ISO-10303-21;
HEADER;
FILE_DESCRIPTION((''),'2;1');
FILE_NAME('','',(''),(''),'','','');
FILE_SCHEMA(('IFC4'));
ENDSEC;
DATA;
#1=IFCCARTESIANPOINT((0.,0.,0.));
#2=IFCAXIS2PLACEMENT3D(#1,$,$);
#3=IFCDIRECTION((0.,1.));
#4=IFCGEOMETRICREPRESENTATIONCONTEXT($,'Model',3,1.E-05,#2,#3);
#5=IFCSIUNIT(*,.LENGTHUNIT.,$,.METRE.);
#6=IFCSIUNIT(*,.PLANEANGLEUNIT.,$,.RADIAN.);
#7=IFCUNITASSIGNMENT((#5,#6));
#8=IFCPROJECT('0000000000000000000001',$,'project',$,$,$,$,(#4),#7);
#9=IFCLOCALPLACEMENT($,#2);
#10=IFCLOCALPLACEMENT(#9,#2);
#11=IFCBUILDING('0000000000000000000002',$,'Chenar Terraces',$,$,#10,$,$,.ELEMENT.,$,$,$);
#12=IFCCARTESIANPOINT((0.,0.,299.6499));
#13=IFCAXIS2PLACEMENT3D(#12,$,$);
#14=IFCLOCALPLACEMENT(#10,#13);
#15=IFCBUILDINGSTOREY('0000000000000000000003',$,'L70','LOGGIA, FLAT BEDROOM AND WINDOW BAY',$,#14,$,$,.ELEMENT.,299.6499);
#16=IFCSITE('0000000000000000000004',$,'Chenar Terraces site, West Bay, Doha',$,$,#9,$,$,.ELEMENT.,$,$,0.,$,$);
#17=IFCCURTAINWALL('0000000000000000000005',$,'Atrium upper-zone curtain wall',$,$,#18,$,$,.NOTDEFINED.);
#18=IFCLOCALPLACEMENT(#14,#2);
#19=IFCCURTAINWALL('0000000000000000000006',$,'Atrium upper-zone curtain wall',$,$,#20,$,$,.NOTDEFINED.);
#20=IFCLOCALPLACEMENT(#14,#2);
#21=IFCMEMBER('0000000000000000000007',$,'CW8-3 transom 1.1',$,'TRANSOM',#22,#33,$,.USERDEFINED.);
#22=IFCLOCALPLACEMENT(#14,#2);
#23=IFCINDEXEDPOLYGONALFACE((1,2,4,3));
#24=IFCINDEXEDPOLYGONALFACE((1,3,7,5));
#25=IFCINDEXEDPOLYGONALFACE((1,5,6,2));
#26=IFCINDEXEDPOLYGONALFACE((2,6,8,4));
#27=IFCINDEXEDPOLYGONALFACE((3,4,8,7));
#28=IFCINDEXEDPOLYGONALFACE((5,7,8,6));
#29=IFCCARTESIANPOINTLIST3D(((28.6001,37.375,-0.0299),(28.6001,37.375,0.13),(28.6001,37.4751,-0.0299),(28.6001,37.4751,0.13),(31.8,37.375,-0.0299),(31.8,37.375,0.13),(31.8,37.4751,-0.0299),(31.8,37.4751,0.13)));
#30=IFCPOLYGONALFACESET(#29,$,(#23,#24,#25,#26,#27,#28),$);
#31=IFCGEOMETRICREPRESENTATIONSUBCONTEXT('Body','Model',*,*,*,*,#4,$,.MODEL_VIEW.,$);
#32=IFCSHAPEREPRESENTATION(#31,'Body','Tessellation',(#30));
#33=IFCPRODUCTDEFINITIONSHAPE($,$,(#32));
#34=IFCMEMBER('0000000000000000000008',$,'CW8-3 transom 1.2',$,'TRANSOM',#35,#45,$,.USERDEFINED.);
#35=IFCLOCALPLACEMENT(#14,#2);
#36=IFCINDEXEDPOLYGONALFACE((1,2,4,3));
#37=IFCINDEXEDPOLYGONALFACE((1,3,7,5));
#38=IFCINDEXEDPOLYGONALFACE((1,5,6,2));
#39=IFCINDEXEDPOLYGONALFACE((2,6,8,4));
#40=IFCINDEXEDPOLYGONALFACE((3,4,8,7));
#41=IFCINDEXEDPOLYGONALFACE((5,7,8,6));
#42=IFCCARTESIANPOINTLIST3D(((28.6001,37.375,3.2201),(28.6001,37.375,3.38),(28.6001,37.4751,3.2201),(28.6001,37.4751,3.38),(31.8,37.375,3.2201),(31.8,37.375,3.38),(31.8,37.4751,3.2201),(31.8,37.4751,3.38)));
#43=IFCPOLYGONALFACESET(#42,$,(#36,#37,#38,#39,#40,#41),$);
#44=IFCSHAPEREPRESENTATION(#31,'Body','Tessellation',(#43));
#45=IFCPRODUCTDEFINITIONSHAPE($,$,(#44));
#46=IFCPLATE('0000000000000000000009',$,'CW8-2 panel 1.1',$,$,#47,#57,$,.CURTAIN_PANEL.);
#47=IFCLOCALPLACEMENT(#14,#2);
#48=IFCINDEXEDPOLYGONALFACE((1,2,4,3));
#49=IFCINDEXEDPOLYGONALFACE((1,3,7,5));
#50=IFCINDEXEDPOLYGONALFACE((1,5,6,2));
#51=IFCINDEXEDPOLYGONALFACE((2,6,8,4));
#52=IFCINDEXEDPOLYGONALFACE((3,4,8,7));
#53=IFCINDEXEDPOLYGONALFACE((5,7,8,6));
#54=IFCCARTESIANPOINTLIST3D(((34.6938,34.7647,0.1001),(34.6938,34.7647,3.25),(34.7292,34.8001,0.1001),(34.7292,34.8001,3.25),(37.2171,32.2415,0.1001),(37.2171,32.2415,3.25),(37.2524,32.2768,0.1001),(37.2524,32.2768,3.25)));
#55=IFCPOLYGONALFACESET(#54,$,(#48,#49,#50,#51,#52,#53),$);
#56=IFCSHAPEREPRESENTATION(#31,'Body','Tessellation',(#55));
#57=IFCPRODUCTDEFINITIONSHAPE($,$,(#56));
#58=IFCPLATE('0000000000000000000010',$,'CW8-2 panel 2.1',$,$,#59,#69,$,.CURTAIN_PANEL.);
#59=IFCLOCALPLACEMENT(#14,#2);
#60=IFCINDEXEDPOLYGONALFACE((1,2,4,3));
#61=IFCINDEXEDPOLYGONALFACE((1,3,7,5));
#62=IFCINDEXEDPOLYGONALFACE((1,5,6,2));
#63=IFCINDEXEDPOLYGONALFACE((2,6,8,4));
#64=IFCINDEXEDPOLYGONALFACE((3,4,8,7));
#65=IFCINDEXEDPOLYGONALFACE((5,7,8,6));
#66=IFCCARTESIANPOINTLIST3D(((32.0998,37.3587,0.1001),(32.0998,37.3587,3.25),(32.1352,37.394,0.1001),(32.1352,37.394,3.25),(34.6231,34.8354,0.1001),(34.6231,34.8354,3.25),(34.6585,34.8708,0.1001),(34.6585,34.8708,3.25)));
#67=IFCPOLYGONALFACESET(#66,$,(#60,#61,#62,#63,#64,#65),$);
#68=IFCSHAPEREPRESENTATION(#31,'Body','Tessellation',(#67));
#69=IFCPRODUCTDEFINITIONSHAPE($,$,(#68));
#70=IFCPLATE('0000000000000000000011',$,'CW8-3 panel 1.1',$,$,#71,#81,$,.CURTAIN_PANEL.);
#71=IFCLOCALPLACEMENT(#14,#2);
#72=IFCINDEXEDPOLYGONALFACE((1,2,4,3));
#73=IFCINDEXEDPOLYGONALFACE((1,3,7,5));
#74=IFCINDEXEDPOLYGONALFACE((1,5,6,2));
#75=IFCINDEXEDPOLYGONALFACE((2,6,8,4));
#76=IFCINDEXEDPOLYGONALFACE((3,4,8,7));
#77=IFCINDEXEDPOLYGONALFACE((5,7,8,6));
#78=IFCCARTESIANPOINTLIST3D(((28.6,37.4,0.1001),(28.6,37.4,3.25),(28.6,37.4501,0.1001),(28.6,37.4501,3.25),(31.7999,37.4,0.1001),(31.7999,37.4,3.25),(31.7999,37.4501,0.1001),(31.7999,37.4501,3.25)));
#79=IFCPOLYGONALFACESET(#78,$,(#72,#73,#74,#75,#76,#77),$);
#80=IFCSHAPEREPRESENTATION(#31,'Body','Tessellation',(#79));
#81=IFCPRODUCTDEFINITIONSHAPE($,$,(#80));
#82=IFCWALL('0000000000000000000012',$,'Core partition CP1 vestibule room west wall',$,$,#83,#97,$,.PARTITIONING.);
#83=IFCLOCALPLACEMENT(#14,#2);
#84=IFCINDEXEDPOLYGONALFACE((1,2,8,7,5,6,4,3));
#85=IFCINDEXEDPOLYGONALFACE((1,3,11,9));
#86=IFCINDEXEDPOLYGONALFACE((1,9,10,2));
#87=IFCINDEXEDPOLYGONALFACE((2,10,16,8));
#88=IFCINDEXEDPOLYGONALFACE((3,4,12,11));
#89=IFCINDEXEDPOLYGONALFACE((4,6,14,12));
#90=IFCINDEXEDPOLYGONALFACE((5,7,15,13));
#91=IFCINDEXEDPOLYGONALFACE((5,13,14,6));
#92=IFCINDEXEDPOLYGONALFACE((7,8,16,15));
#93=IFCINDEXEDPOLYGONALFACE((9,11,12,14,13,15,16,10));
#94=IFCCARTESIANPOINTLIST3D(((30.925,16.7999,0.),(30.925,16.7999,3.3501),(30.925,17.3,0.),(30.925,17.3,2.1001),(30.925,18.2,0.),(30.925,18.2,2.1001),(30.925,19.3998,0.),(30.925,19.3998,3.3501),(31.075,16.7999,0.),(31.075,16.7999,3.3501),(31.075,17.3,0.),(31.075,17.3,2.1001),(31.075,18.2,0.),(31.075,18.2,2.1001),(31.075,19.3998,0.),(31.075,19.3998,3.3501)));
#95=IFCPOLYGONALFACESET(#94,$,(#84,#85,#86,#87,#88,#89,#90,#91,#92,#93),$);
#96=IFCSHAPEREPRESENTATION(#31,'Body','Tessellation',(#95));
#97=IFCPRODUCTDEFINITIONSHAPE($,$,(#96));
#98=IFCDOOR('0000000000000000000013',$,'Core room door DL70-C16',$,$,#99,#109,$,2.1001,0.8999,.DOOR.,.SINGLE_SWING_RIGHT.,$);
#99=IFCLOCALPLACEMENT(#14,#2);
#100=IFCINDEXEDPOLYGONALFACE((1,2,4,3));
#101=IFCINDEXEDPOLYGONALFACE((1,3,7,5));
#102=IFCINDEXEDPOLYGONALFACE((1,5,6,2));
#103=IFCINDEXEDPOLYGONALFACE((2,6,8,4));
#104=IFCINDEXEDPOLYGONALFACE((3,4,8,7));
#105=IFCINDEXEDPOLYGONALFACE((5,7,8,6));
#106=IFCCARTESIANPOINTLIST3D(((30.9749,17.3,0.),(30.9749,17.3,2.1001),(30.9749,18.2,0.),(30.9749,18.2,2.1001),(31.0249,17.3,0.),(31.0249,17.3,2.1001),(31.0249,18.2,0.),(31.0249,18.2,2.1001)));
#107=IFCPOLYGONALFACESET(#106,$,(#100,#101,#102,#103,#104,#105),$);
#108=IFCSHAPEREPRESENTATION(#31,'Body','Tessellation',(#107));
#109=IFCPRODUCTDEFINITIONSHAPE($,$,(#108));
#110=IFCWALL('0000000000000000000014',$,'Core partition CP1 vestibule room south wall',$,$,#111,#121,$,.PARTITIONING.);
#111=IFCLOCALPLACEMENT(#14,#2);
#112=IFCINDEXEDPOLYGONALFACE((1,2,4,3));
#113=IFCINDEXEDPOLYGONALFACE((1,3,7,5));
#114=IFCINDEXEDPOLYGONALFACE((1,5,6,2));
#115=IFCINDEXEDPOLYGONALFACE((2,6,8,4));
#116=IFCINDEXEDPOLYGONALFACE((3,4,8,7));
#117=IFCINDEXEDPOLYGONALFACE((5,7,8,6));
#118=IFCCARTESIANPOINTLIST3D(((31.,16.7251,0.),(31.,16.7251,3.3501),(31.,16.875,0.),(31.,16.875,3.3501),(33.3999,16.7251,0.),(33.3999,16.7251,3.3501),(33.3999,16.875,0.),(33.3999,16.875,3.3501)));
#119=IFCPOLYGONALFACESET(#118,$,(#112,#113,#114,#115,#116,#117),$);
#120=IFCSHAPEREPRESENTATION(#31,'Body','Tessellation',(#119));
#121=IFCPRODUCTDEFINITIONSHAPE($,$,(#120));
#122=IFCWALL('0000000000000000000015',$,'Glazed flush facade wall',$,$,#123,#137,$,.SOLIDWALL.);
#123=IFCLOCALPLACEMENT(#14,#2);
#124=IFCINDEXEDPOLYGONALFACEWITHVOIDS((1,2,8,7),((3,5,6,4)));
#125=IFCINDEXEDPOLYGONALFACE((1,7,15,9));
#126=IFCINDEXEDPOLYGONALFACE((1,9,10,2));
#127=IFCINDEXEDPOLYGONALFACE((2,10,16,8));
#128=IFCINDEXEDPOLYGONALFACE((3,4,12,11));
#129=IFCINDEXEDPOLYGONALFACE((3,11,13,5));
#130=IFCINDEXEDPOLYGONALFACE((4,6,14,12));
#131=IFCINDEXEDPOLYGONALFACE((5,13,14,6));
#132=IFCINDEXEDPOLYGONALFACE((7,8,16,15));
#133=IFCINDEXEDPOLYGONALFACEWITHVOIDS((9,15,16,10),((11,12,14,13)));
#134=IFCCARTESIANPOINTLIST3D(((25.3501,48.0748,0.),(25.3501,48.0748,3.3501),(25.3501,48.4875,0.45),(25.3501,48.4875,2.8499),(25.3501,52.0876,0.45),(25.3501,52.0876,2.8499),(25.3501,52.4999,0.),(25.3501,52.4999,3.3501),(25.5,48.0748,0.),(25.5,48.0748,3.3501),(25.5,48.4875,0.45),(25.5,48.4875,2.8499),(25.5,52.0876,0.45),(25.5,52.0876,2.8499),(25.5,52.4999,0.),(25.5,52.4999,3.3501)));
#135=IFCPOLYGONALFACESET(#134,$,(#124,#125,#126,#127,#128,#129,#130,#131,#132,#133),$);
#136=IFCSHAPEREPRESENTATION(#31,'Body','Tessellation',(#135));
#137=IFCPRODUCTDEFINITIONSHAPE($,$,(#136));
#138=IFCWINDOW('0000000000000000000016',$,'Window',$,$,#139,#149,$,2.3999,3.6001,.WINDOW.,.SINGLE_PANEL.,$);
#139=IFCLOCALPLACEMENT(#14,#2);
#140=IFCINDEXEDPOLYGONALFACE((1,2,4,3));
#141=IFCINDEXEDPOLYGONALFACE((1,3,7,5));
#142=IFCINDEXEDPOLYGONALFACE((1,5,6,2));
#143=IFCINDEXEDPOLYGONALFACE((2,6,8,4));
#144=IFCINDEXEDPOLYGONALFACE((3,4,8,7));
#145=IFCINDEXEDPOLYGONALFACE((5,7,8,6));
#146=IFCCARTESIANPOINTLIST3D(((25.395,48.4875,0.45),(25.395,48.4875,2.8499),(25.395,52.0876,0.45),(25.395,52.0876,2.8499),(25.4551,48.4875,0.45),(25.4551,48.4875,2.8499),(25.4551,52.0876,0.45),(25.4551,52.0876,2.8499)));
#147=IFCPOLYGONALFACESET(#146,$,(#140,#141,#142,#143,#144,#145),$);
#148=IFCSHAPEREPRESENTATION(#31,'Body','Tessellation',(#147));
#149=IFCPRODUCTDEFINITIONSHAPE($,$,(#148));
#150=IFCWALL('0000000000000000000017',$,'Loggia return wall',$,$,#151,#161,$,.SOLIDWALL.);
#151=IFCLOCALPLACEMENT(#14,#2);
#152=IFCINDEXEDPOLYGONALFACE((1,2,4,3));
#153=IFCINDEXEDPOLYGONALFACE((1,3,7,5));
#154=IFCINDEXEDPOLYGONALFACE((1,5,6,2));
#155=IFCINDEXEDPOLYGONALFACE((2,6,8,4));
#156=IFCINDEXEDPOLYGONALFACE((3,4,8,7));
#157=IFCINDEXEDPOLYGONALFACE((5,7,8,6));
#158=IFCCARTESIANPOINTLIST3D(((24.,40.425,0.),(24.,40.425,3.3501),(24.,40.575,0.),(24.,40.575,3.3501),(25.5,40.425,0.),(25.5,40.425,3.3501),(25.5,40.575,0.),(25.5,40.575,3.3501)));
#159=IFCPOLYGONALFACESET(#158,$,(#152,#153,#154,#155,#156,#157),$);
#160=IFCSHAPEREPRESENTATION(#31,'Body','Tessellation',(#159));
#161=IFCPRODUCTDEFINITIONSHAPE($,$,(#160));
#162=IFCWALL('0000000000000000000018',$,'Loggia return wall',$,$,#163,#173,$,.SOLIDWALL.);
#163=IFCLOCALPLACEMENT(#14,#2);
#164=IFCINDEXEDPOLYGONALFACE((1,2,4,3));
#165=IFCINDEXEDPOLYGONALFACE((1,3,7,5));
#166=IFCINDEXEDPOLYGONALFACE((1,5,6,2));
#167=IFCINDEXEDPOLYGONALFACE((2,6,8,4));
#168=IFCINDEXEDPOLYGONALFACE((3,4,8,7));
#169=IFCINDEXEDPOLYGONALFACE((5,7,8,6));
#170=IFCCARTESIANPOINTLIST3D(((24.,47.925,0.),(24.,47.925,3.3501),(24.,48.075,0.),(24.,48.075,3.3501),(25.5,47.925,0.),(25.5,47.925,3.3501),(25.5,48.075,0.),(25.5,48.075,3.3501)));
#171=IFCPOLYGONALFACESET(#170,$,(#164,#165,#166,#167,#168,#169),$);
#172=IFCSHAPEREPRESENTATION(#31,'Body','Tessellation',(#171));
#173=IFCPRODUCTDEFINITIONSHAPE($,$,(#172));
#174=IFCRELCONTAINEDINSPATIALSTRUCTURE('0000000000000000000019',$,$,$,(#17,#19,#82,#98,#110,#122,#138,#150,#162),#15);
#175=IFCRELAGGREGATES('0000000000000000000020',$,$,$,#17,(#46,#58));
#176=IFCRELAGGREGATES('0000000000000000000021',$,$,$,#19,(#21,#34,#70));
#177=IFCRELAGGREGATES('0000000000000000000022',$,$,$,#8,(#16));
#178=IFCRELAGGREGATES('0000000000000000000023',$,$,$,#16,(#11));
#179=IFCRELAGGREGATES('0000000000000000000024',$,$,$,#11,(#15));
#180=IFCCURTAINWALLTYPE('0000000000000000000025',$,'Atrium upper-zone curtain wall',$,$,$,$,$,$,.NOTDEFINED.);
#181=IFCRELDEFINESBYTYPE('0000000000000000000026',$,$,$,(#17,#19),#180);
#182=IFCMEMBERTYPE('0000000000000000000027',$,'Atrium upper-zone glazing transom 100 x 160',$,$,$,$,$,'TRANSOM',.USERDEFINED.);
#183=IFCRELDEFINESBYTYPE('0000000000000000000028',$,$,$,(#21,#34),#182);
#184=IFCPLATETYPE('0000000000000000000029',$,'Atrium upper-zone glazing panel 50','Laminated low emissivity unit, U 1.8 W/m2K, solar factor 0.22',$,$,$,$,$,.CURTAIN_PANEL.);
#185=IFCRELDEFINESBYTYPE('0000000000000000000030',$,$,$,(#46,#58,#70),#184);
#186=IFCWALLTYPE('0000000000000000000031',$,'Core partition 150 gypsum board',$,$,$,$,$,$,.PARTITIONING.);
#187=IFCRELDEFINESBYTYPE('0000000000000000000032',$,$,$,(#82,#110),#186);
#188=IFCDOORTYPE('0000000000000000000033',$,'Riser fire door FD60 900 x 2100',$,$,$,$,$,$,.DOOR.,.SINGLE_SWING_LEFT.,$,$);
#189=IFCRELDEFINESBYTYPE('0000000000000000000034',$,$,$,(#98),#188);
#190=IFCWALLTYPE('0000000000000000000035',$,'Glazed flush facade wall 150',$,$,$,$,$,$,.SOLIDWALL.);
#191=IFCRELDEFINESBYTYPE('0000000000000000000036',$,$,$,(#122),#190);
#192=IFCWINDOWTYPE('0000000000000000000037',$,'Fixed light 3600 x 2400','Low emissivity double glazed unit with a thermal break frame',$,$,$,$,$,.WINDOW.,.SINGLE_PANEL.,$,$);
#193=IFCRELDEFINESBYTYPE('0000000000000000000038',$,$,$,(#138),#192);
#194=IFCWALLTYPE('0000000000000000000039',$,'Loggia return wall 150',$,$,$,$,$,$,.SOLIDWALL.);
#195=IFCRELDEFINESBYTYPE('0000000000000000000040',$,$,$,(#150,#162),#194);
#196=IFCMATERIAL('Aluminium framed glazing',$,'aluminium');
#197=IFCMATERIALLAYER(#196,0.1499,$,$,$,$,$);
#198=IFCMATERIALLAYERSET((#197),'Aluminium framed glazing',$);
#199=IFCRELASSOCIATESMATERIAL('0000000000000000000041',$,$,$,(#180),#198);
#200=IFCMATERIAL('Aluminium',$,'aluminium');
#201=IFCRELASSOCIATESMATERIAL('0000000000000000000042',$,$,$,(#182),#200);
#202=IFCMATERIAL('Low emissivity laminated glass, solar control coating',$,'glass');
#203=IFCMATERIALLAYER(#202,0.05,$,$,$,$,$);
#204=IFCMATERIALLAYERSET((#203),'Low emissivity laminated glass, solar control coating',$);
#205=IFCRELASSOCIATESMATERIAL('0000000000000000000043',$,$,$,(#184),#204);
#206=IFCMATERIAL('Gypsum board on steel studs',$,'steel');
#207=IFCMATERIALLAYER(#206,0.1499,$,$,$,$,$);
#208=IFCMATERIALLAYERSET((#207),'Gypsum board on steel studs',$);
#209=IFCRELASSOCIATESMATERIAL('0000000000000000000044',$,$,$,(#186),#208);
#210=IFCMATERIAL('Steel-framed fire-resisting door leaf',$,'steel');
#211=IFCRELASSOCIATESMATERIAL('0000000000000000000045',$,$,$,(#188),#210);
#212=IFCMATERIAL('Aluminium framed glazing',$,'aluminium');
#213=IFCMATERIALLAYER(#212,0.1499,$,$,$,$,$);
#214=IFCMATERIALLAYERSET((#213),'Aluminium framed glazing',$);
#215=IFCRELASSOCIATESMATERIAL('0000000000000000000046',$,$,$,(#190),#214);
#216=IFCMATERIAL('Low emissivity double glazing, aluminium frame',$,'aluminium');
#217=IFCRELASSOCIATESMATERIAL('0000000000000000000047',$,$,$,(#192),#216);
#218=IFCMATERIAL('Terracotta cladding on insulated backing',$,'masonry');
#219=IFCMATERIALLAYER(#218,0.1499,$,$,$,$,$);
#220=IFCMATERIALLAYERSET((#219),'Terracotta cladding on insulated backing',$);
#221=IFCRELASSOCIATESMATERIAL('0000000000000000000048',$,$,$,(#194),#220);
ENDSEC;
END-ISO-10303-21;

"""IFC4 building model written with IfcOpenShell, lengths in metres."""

from ifc_helpers import new_model, si_unit, direction, frame, frame_2d, origin, origin_2d, place, context, subcontext, project, spatial, rectangle, extrude, material, layer, layer_set, material_profile, profile_set, type_object, element, fill, aggregate, save


model = new_model("IFC4")

# Units and contexts
model_context = context("Model", 3, precision=1e-05, world=origin(), true_north=direction((0.0, 1.0)))
body_context = subcontext(model_context, "Body", "Model", "MODEL_VIEW")
ifc_project = project(units=[si_unit("LENGTHUNIT", "METRE"), si_unit("PLANEANGLEUNIT", "RADIAN")], contexts=[model_context])

# Site, building, storey
site_placement = place(None, origin())
site = spatial("IfcSite", under=ifc_project, at=site_placement, Name="Chenar Terraces site, West Bay, Doha", CompositionType="ELEMENT", RefElevation=0.0)
building_placement = place(site_placement, origin())
building = spatial("IfcBuilding", under=site, at=building_placement, Name="Chenar Terraces", CompositionType="ELEMENT")
storey_placement = place(building_placement, frame((0.0, 0.0, 299.6499)))
storey = spatial("IfcBuildingStorey", under=building, at=storey_placement, Name="L70", Description="LOGGIA, FLAT BEDROOM AND WINDOW BAY", CompositionType="ELEMENT", Elevation=299.6499)

# Shared definitions
ifc_material_1 = material(Name="Aluminium framed glazing", Category="aluminium")
ifc_layer_1 = layer(ifc_material_1, 0.1499)
ifc_layer_set_1 = layer_set([ifc_layer_1], Name="Aluminium framed glazing")
curtain_wall_type = type_object("IfcCurtainWallType", Name="Atrium upper-zone curtain wall", PredefinedType="NOTDEFINED", material=ifc_layer_set_1)
placement = place(storey_placement, origin())

# Curtain walls
curtain_wall_1 = element("IfcCurtainWall", 1, at=placement, inside=storey, type_object=curtain_wall_type, Name="Atrium upper-zone curtain wall", PredefinedType="NOTDEFINED")
curtain_wall_2 = element("IfcCurtainWall", 2, at=placement, inside=storey, type_object=curtain_wall_type, Name="Atrium upper-zone curtain wall", PredefinedType="NOTDEFINED")

# Members
ifc_material_2 = material(Name="Aluminium", Category="aluminium")
ifc_material_profile_1 = material_profile(ifc_material_2, rectangle(XDim=0.1001, YDim=0.1599, at=origin_2d()), Name="Atrium upper-zone glazing transom 100 x 160")
ifc_profile_set_1 = profile_set([ifc_material_profile_1], Name="Aluminium")
member_type_1 = type_object("IfcMemberType", Name="Atrium upper-zone glazing transom 100 x 160", ElementType="TRANSOM", PredefinedType="USERDEFINED", material=ifc_profile_set_1)
member_1_placement = place(storey_placement, frame((31.8, 37.425, 0.05), z_axis=(-1.0, 0.0, 0.0), x_axis=(0.0, -1.0, 0.0)))
member_1 = element("IfcMember", 3, at=member_1_placement, type_object=member_type_1, Name="CW8-3 transom 1.1", ObjectType="TRANSOM", PredefinedType="USERDEFINED", context=body_context, shape_type="SweptSolid", body=[
    extrude(rectangle(XDim=0.1001, YDim=0.1599, at=origin_2d()), origin(), (0.0, 0.0, 1.0), 3.2),
])
member_2_placement = place(storey_placement, frame((31.8, 37.425, 3.3), z_axis=(-1.0, 0.0, 0.0), x_axis=(0.0, -1.0, 0.0)))
member_2 = element("IfcMember", 4, at=member_2_placement, type_object=member_type_1, Name="CW8-3 transom 1.2", ObjectType="TRANSOM", PredefinedType="USERDEFINED", context=body_context, shape_type="SweptSolid", body=[
    extrude(rectangle(XDim=0.1001, YDim=0.1599, at=origin_2d()), origin(), (0.0, 0.0, 1.0), 3.2),
])

# Plates
ifc_material_3 = material(Name="Low emissivity laminated glass, solar control coating", Category="glass")
ifc_layer_2 = layer(ifc_material_3, 0.05)
ifc_layer_set_2 = layer_set([ifc_layer_2], Name="Low emissivity laminated glass, solar control coating")
plate_type = type_object("IfcPlateType", Name="Atrium upper-zone glazing panel 50", Description="Laminated low emissivity unit, U 1.8 W/m2K, solar factor 0.22", PredefinedType="CURTAIN_PANEL", material=ifc_layer_set_2)
plate_1_placement = place(storey_placement, frame((35.9731, 33.5208, 0.1001), z_axis=(0.0, 0.0, 1.0), x_axis=(-0.707107, 0.707107, 0.0)))
plate_1 = element("IfcPlate", 5, at=plate_1_placement, type_object=plate_type, Name="CW8-2 panel 1.1", PredefinedType="CURTAIN_PANEL", context=body_context, shape_type="SweptSolid", body=[
    extrude(rectangle(XDim=3.5684, YDim=0.05, at=origin_2d()), origin(), (0.0, 0.0, 1.0), 3.1499),
])
plate_2_placement = place(storey_placement, frame((33.3792, 36.1147, 0.1001), z_axis=(0.0, 0.0, 1.0), x_axis=(-0.707107, 0.707107, 0.0)))
plate_2 = element("IfcPlate", 6, at=plate_2_placement, type_object=plate_type, Name="CW8-2 panel 2.1", PredefinedType="CURTAIN_PANEL", context=body_context, shape_type="SweptSolid", body=[
    extrude(rectangle(XDim=3.5684, YDim=0.05, at=origin_2d()), origin(), (0.0, 0.0, 1.0), 3.1499),
])
aggregate(curtain_wall_1, [plate_1, plate_2])
plate_3_placement = place(storey_placement, frame((30.2, 37.425, 0.1001), z_axis=(0.0, 0.0, 1.0), x_axis=(-1.0, 0.0, 0.0)))
plate_3 = element("IfcPlate", 7, at=plate_3_placement, type_object=plate_type, Name="CW8-3 panel 1.1", PredefinedType="CURTAIN_PANEL", context=body_context, shape_type="SweptSolid", body=[
    extrude(rectangle(XDim=3.2, YDim=0.05, at=origin_2d()), origin(), (0.0, 0.0, 1.0), 3.1499),
])
aggregate(curtain_wall_2, [member_1, member_2, plate_3])

# Wall, opening, door
ifc_material_4 = material(Name="Gypsum board on steel studs", Category="steel")
ifc_layer_3 = layer(ifc_material_4, 0.1499)
ifc_layer_set_3 = layer_set([ifc_layer_3], Name="Gypsum board on steel studs")
wall_type_1 = type_object("IfcWallType", Name="Core partition 150 gypsum board", PredefinedType="PARTITIONING", material=ifc_layer_set_3)
wall_1_placement = place(storey_placement, frame((31.0, 16.8, 0.0), z_axis=(0.0, 0.0, 1.0), x_axis=(0.0, 1.0, 0.0)))
wall_1 = element("IfcWall", 8, at=wall_1_placement, inside=storey, type_object=wall_type_1, Name="Core partition CP1 vestibule room west wall", PredefinedType="PARTITIONING", context=body_context, shape_type="SweptSolid", body=[
    extrude(rectangle(XDim=2.5999, YDim=0.1499, at=frame_2d((1.2998, 0.0))), origin(), (0.0, 0.0, 1.0), 3.3501),
])
opening_1_placement = place(wall_1_placement, frame((0.5, 0.0, 0.0)))
opening_1 = element("IfcOpeningElement", 9, at=opening_1_placement, cuts=wall_1, PredefinedType="OPENING", context=body_context, shape_type="SweptSolid", body=[
    extrude(rectangle(XDim=0.8999, YDim=2.1001, at=frame_2d((0.45, 1.05))), frame((0.0, 0.085, 0.0), z_axis=(0.0, -1.0, 0.0), x_axis=(1.0, 0.0, 0.0)), (0.0, 0.0, 1.0), 0.1699),
])
ifc_material_5 = material(Name="Steel-framed fire-resisting door leaf", Category="steel")
door_type = type_object("IfcDoorType", Name="Riser fire door FD60 900 x 2100", OperationType="SINGLE_SWING_LEFT", PredefinedType="DOOR", material=ifc_material_5)
door_placement = place(opening_1_placement, frame((0.8999, 0.0, 0.0), z_axis=(0.0, 0.0, 1.0), x_axis=(-1.0, 0.0, 0.0)))
door = element("IfcDoor", 10, at=door_placement, inside=storey, type_object=door_type, Name="Core room door DL70-C16", OperationType="SINGLE_SWING_RIGHT", OverallHeight=2.1001, OverallWidth=0.8999, PredefinedType="DOOR", context=body_context, shape_type="SweptSolid", body=[
    extrude(rectangle(XDim=0.8999, YDim=2.1001, at=frame_2d((0.45, 1.05))), frame((0.0, 0.0249, 0.0), z_axis=(0.0, -1.0, 0.0), x_axis=(1.0, 0.0, 0.0)), (0.0, 0.0, 1.0), 0.05),
])
fill(opening_1, door)

# Wall
wall_2_placement = place(storey_placement, frame((31.0, 16.8, 0.0), z_axis=(0.0, 0.0, 1.0), x_axis=(1.0, 0.0, 0.0)))
element("IfcWall", 11, at=wall_2_placement, inside=storey, type_object=wall_type_1, Name="Core partition CP1 vestibule room south wall", PredefinedType="PARTITIONING", context=body_context, shape_type="SweptSolid", body=[
    extrude(rectangle(XDim=2.3999, YDim=0.1499, at=frame_2d((1.2, 0.0))), origin(), (0.0, 0.0, 1.0), 3.3501),
])

# Wall, opening, window
ifc_material_6 = material(Name="Aluminium framed glazing", Category="aluminium")
ifc_layer_4 = layer(ifc_material_6, 0.1499)
ifc_layer_set_4 = layer_set([ifc_layer_4], Name="Aluminium framed glazing")
wall_type_2 = type_object("IfcWallType", Name="Glazed flush facade wall 150", PredefinedType="SOLIDWALL", material=ifc_layer_set_4)
wall_3_placement = place(storey_placement, frame((25.425, 48.075, 0.0), z_axis=(0.0, 0.0, 1.0), x_axis=(0.0, 1.0, 0.0)))
wall_3 = element("IfcWall", 12, at=wall_3_placement, inside=storey, type_object=wall_type_2, Name="Glazed flush facade wall", PredefinedType="SOLIDWALL", context=body_context, shape_type="SweptSolid", body=[
    extrude(rectangle(XDim=4.425, YDim=0.1499, at=frame_2d((2.2124, 0.0))), origin(), (0.0, 0.0, 1.0), 3.3501),
])
opening_2_placement = place(wall_3_placement, frame((0.4126, 0.0, 0.45)))
opening_2 = element("IfcOpeningElement", 13, at=opening_2_placement, cuts=wall_3, PredefinedType="OPENING", context=body_context, shape_type="SweptSolid", body=[
    extrude(rectangle(XDim=3.6001, YDim=2.3999, at=frame_2d((1.8, 1.2))), frame((0.0, 0.085, 0.0), z_axis=(0.0, -1.0, 0.0), x_axis=(1.0, 0.0, 0.0)), (0.0, 0.0, 1.0), 0.1699),
])
ifc_material_7 = material(Name="Low emissivity double glazing, aluminium frame", Category="aluminium")
window_type_1 = type_object("IfcWindowType", Name="Fixed light 3600 x 2400", Description="Low emissivity double glazed unit with a thermal break frame", PartitioningType="SINGLE_PANEL", PredefinedType="WINDOW", material=ifc_material_7)
window_1_placement = place(opening_2_placement, origin())
window_1 = element("IfcWindow", 14, at=window_1_placement, inside=storey, type_object=window_type_1, Name="Window", OverallHeight=2.3999, OverallWidth=3.6001, PartitioningType="SINGLE_PANEL", PredefinedType="WINDOW", context=body_context, shape_type="SweptSolid", body=[
    extrude(rectangle(XDim=3.6001, YDim=2.3999, at=frame_2d((1.8, 1.2))), frame((0.0, 0.03, 0.0), z_axis=(0.0, -1.0, 0.0), x_axis=(1.0, 0.0, 0.0)), (0.0, 0.0, 1.0), 0.0601),
])
fill(opening_2, window_1)

# Walls
ifc_material_8 = material(Name="Terracotta cladding on insulated backing", Category="masonry")
ifc_layer_5 = layer(ifc_material_8, 0.1499)
ifc_layer_set_5 = layer_set([ifc_layer_5], Name="Terracotta cladding on insulated backing")
wall_type_3 = type_object("IfcWallType", Name="Loggia return wall 150", PredefinedType="SOLIDWALL", material=ifc_layer_set_5)
for number, where, z_axis, x_axis, name in (
    (15, (25.5, 40.5, 0.0), (0.0, 0.0, 1.0), (-1.0, 0.0, 0.0), "Loggia return wall"),
    (16, (25.5, 48.0, 0.0), (0.0, 0.0, 1.0), (-1.0, 0.0, 0.0), "Loggia return wall"),
):
    element("IfcWall", number, at=place(storey_placement, frame(where, z_axis=z_axis, x_axis=x_axis)), inside=storey, type_object=wall_type_3, Name=name, PredefinedType="SOLIDWALL", context=body_context, shape_type="SweptSolid", body=[
        extrude(rectangle(XDim=1.5, YDim=0.1499, at=frame_2d((0.75, 0.0))), origin(), (0.0, 0.0, 1.0), 3.3501),
    ])

save(model, "model.ifc")
